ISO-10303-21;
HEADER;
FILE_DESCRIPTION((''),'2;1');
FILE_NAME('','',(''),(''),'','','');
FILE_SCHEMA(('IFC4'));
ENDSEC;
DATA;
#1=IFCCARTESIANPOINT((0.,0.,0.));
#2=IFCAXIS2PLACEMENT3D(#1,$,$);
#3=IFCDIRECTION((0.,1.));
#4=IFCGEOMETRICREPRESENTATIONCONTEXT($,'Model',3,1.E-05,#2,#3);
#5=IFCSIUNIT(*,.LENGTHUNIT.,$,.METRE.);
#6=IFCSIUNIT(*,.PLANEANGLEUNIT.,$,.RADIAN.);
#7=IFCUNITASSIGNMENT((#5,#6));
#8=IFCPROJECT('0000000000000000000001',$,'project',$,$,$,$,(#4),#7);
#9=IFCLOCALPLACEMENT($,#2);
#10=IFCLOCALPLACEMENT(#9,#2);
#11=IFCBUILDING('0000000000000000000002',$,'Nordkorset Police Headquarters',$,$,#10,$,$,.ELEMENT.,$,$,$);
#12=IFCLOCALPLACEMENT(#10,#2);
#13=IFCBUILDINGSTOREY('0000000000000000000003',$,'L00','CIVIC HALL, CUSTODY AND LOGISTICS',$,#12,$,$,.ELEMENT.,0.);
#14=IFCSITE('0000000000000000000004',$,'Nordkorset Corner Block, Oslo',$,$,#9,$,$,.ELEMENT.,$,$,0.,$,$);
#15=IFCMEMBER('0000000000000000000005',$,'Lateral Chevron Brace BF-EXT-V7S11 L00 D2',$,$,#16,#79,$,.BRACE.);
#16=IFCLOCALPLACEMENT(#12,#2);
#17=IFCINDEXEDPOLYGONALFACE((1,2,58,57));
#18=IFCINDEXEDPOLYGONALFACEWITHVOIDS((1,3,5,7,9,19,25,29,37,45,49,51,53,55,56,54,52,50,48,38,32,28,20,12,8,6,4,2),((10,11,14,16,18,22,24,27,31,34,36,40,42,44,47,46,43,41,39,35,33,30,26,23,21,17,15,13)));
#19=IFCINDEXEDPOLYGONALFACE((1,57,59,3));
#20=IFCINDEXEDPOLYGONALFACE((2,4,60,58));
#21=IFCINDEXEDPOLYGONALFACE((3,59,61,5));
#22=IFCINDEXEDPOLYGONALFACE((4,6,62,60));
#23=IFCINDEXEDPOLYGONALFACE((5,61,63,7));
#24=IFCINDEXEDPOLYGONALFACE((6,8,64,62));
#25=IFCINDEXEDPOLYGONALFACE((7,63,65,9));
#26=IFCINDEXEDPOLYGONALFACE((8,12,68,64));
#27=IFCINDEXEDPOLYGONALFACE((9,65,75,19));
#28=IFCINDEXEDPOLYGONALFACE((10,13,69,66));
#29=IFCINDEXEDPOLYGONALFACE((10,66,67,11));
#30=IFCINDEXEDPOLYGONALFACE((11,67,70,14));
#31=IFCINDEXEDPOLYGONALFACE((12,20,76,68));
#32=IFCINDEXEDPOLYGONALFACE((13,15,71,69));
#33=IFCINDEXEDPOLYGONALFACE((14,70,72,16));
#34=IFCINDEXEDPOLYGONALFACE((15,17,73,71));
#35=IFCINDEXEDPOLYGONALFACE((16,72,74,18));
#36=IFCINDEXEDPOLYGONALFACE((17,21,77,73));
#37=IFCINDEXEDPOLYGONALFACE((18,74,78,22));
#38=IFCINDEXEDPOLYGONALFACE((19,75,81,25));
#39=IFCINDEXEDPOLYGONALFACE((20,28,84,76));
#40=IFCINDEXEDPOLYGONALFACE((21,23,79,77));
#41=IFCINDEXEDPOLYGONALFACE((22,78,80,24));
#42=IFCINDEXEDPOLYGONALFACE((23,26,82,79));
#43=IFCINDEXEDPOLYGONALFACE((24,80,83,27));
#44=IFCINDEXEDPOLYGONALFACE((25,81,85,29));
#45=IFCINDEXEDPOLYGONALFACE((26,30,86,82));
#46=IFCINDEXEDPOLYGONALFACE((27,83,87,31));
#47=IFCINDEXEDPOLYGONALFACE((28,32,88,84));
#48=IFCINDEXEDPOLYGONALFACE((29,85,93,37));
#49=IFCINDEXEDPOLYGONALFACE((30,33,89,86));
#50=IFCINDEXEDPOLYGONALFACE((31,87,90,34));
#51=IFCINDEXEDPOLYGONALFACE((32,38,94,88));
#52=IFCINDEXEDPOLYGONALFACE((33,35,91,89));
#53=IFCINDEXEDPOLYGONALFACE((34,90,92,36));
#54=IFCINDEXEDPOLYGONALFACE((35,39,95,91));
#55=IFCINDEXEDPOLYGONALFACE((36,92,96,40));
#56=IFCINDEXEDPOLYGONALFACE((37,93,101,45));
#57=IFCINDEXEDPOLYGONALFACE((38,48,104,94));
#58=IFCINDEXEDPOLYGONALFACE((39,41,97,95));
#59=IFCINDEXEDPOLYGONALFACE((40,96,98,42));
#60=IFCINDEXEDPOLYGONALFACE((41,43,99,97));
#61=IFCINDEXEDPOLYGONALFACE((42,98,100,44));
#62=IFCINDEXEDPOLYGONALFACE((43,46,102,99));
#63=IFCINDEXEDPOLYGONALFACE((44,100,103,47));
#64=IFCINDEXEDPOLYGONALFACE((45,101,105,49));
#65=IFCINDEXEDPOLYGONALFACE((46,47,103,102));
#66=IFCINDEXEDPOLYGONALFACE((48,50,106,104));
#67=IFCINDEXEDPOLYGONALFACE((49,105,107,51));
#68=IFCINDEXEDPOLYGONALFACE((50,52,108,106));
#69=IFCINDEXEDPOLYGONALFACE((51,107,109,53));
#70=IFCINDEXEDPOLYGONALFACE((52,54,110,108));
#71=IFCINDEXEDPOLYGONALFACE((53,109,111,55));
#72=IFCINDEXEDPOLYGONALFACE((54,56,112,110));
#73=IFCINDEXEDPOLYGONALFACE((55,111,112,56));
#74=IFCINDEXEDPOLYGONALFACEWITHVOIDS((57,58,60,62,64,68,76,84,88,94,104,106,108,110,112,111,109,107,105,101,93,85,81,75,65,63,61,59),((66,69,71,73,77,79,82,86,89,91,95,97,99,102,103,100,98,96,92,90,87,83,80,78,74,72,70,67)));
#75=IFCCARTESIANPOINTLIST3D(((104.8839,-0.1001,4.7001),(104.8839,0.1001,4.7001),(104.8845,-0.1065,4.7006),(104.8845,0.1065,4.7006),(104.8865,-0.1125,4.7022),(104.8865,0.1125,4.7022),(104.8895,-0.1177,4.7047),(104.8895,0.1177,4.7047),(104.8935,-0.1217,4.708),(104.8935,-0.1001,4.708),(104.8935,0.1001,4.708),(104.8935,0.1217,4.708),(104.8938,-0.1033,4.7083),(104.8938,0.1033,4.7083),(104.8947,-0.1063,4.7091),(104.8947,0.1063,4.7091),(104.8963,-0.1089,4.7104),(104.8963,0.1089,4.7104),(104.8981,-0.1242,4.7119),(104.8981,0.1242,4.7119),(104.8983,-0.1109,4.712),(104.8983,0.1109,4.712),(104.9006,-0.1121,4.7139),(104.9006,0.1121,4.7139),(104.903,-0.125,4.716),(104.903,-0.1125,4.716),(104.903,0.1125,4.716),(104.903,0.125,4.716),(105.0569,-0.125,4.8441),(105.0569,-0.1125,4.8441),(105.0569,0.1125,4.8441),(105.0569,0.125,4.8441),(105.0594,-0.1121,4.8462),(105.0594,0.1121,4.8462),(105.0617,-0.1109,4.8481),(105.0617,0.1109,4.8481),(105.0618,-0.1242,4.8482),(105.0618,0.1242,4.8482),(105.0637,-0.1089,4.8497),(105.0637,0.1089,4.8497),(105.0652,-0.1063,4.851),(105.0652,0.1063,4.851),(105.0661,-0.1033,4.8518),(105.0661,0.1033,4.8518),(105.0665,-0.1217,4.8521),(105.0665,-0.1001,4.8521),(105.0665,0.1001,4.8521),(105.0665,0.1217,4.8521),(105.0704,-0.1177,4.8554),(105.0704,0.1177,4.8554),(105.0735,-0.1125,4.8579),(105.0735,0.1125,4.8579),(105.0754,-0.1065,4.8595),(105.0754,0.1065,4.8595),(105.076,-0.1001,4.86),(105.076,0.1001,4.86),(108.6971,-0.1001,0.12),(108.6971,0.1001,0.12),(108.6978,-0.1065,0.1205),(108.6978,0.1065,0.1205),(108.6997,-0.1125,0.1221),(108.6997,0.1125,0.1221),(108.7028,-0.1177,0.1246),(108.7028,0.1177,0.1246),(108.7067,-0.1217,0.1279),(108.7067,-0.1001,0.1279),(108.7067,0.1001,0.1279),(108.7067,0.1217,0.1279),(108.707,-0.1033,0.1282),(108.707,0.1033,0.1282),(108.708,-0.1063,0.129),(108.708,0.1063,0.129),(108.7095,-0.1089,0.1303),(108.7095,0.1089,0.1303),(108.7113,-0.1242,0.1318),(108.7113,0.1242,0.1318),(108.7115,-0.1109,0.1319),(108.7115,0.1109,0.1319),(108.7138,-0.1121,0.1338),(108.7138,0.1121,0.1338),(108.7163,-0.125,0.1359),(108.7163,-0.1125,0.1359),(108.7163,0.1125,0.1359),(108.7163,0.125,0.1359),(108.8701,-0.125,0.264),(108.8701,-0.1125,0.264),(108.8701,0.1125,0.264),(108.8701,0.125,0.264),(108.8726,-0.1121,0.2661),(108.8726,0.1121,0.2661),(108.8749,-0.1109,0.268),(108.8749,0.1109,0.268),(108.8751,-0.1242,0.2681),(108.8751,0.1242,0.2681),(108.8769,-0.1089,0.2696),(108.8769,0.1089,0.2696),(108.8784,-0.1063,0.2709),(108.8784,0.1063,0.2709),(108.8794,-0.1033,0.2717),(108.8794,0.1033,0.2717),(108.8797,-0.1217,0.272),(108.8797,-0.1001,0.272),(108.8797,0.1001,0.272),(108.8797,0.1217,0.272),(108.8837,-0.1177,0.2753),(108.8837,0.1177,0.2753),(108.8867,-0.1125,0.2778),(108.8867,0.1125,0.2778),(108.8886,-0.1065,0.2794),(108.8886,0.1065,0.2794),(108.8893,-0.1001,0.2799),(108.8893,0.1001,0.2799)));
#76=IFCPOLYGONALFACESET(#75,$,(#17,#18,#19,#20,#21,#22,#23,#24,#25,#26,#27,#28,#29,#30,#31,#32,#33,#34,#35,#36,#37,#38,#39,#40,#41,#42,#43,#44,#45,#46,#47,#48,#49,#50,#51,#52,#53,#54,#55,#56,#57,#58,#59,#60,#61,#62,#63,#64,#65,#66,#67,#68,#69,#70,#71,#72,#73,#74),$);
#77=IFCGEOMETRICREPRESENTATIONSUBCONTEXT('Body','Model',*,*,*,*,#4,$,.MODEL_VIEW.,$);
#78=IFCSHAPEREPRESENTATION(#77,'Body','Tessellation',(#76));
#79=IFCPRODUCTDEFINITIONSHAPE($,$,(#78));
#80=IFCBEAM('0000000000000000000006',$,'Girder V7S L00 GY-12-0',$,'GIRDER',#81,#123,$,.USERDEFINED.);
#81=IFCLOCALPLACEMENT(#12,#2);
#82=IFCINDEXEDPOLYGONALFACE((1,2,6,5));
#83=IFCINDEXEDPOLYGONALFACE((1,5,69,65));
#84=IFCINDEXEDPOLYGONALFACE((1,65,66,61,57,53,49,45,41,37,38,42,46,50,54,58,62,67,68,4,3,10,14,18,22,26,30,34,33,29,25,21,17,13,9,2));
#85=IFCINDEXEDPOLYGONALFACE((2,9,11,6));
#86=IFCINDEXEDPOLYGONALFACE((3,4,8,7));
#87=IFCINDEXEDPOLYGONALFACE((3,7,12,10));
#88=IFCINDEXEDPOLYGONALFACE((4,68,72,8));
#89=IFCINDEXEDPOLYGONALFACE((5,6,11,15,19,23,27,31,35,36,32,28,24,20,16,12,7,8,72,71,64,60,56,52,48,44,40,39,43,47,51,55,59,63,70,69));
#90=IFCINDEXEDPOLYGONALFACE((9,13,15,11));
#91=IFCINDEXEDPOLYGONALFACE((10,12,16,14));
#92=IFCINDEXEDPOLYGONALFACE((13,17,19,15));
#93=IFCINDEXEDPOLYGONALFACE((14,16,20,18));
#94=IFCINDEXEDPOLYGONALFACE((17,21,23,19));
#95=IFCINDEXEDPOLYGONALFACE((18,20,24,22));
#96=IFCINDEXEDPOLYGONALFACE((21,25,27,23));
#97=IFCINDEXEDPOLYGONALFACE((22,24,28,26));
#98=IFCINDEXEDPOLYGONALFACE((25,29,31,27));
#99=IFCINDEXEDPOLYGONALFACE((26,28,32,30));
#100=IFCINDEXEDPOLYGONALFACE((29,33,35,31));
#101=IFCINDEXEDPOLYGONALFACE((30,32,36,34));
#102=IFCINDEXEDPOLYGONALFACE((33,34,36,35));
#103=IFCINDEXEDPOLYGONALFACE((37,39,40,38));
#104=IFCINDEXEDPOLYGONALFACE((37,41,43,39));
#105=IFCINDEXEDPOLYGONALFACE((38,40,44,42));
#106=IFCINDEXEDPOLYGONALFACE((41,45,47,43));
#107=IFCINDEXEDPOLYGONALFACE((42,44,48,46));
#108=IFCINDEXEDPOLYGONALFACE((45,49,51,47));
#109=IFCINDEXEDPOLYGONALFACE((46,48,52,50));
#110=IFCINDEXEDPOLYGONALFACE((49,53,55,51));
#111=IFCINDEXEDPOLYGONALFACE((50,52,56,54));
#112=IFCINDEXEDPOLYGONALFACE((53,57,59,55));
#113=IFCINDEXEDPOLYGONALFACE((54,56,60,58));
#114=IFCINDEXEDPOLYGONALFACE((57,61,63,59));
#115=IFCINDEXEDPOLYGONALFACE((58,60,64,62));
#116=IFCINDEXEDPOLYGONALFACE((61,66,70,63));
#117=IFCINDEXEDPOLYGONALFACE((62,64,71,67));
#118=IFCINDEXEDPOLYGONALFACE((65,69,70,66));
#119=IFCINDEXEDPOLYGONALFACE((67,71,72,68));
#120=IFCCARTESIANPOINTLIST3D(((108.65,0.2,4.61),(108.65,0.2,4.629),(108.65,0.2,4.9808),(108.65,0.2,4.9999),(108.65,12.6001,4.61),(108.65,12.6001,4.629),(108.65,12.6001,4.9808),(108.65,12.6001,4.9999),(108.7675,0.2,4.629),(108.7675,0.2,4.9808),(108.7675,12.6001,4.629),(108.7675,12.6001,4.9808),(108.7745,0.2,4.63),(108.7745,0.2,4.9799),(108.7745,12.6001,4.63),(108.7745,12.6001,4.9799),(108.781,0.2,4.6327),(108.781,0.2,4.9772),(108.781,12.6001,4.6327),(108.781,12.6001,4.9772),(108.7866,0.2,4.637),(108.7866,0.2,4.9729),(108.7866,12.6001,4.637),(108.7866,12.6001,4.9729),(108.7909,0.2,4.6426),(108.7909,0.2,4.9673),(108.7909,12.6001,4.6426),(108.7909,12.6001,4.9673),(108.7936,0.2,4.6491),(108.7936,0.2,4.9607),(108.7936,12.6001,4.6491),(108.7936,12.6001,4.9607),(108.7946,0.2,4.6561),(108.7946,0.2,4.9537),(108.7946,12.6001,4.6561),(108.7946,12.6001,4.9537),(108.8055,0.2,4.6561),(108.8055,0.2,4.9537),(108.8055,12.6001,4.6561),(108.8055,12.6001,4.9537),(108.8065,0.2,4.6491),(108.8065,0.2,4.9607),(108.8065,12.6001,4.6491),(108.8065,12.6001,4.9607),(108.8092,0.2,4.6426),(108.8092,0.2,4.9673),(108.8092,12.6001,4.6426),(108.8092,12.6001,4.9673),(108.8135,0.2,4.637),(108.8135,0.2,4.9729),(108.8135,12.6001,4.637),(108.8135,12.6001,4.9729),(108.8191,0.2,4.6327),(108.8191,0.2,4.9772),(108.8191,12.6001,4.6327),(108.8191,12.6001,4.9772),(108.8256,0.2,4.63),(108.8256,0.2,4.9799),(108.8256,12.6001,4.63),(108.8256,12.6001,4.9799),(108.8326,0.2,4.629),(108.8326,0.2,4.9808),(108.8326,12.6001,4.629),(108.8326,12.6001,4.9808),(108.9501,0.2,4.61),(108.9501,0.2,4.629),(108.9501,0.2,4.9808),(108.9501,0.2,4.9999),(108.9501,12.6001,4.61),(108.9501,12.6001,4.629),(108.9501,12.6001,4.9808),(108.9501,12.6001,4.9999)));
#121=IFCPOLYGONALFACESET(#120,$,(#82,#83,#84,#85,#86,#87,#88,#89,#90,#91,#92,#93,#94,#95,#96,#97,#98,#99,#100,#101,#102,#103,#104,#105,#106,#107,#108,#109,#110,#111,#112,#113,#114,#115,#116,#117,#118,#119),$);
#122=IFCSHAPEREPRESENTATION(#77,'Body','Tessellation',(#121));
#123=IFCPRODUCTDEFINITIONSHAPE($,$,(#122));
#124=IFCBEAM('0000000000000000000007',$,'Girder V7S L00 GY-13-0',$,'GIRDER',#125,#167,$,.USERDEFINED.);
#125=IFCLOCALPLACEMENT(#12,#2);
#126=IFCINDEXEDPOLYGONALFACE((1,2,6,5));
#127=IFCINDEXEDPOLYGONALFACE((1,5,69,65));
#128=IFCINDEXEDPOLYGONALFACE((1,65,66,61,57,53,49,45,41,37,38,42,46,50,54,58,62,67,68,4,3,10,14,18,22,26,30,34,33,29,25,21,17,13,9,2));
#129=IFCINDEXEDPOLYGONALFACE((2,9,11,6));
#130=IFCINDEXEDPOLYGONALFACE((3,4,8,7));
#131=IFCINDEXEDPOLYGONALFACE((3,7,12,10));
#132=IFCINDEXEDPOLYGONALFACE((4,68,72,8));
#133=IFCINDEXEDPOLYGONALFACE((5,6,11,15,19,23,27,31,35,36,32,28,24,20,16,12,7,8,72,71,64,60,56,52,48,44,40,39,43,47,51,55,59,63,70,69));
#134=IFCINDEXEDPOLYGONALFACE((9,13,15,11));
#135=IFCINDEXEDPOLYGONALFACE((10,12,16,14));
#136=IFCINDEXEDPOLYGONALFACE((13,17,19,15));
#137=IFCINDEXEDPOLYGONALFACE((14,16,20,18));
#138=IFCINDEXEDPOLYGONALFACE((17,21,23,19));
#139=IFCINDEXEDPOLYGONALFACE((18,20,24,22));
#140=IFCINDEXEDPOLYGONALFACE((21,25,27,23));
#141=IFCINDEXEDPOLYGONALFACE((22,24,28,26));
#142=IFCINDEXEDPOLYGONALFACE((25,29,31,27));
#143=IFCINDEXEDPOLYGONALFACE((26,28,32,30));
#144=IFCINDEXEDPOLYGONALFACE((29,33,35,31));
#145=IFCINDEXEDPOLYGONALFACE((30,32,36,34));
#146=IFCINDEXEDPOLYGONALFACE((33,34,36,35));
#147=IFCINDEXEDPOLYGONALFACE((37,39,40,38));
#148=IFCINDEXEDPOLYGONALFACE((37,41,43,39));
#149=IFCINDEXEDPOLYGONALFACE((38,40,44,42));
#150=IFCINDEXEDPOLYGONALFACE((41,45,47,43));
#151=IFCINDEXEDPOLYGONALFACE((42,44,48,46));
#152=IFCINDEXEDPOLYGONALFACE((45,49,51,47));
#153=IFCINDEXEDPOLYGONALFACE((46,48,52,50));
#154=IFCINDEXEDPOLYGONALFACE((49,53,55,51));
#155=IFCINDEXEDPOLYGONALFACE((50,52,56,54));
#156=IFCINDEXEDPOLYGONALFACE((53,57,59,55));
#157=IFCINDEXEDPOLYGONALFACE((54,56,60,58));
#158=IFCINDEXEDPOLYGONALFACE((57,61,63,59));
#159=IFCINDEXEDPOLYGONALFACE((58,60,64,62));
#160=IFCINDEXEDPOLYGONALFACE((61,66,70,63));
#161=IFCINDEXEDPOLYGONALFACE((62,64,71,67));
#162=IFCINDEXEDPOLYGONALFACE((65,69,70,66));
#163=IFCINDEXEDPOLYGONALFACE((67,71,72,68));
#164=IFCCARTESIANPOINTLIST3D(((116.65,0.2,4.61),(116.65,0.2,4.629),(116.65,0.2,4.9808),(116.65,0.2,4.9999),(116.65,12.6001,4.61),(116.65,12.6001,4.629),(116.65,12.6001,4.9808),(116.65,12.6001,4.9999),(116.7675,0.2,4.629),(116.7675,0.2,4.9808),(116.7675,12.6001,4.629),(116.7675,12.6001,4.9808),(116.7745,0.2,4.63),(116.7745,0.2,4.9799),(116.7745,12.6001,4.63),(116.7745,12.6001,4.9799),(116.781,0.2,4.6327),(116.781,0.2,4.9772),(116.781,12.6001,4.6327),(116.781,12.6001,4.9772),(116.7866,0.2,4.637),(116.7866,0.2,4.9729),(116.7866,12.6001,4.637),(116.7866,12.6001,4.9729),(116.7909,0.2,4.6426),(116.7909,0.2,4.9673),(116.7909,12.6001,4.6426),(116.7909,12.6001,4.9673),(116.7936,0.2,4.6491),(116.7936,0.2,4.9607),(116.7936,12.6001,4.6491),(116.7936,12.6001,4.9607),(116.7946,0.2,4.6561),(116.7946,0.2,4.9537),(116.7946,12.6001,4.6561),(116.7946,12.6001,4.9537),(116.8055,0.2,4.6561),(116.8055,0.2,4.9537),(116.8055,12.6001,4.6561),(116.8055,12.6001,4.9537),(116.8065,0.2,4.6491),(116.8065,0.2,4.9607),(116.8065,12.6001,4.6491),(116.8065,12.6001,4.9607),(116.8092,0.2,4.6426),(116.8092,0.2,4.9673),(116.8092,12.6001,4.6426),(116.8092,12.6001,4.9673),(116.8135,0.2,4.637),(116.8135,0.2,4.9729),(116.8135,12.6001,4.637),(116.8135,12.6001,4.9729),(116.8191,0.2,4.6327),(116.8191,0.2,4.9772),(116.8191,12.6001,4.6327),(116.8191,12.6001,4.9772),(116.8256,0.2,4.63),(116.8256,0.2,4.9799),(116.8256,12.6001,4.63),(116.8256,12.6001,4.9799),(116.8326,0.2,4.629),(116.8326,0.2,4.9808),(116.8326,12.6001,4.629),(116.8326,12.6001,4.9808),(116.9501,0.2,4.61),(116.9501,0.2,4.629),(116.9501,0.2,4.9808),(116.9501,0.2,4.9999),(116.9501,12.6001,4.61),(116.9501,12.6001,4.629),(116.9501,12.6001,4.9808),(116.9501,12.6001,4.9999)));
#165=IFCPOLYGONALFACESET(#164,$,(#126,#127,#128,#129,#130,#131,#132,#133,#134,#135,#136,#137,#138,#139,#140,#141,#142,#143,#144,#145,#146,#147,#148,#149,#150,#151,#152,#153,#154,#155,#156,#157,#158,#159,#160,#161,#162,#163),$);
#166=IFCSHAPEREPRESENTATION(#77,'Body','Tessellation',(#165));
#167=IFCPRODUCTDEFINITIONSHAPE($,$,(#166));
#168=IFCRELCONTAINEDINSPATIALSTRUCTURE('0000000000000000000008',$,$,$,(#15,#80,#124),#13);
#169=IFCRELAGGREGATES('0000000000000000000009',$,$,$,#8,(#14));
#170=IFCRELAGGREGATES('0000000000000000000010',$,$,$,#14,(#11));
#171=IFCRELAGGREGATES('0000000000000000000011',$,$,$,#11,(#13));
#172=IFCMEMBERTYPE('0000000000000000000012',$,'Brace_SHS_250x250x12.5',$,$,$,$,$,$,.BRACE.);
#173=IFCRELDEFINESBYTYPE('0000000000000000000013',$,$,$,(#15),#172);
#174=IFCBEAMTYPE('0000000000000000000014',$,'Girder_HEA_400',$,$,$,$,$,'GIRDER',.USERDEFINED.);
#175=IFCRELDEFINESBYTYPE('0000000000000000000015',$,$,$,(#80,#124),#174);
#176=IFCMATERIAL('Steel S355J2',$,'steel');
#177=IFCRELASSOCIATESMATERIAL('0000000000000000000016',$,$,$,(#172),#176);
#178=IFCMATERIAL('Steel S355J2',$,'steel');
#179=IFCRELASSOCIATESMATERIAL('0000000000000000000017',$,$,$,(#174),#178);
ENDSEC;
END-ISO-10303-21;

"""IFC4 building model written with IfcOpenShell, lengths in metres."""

from ifc_helpers import new_model, si_unit, direction, frame, origin, origin_2d, place, context, subcontext, project, spatial, hollow_rectangle, i_section, extrude, material, material_profile, profile_set, type_object, element, save


model = new_model("IFC4")

# Units and contexts
model_context = context("Model", 3, precision=1e-05, world=origin(), true_north=direction((0.0, 1.0)))
body_context = subcontext(model_context, "Body", "Model", "MODEL_VIEW")
ifc_project = project(units=[si_unit("LENGTHUNIT", "METRE"), si_unit("PLANEANGLEUNIT", "RADIAN")], contexts=[model_context])

# Site, building, storey
site_placement = place(None, origin())
site = spatial("IfcSite", under=ifc_project, at=site_placement, Name="Nordkorset Corner Block, Oslo", CompositionType="ELEMENT", RefElevation=0.0)
building_placement = place(site_placement, origin())
building = spatial("IfcBuilding", under=site, at=building_placement, Name="Nordkorset Police Headquarters", CompositionType="ELEMENT")
storey_placement = place(building_placement, origin())
storey = spatial("IfcBuildingStorey", under=building, at=storey_placement, Name="L00", Description="CIVIC HALL, CUSTODY AND LOGISTICS", CompositionType="ELEMENT", Elevation=0.0)

# Member
ifc_material_1 = material(Name="Steel S355J2", Category="steel")
ifc_material_profile_1 = material_profile(ifc_material_1, hollow_rectangle(XDim=0.25, YDim=0.25, WallThickness=0.0125, InnerFilletRadius=0.0125, OuterFilletRadius=0.0249, at=origin_2d()), Name="SHS 250x250x12.5")
ifc_profile_set_1 = profile_set([ifc_material_profile_1], Name="Steel S355J2")
member_type = type_object("IfcMemberType", Name="Brace_SHS_250x250x12.5", PredefinedType="BRACE", material=ifc_profile_set_1)
member_placement = place(storey_placement, frame((108.7932, 0.0, 0.2), z_axis=(-0.639838, 0.0, 0.76851), x_axis=(0.0, -1.0, 0.0)))
element("IfcMember", 1, at=member_placement, inside=storey, type_object=member_type, Name="Lateral Chevron Brace BF-EXT-V7S11 L00 D2", PredefinedType="BRACE", context=body_context, shape_type="SweptSolid", body=[
    extrude(hollow_rectangle(XDim=0.25, YDim=0.25, WallThickness=0.0125, InnerFilletRadius=0.0125, OuterFilletRadius=0.0249, at=origin_2d()), origin(), (0.0, 0.0, 1.0), 5.9597),
])

# Beams
ifc_material_2 = material(Name="Steel S355J2", Category="steel")
ifc_material_profile_2 = material_profile(ifc_material_2, i_section(OverallWidth=0.3, OverallDepth=0.3899, WebThickness=0.011, FlangeThickness=0.019, FilletRadius=0.0271, at=origin_2d()), Name="HEA 400")
ifc_profile_set_2 = profile_set([ifc_material_profile_2], Name="Steel S355J2")
beam_type_1 = type_object("IfcBeamType", Name="Girder_HEA_400", ElementType="GIRDER", PredefinedType="USERDEFINED", material=ifc_profile_set_2)
for number, where, z_axis, x_axis, name in (
    (2, (108.8, 0.2, 4.8049), (0.0, 1.0, 0.0), (-1.0, 0.0, 0.0), "Girder V7S L00 GY-12-0"),
    (3, (116.8, 0.2, 4.8049), (0.0, 1.0, 0.0), (-1.0, 0.0, 0.0), "Girder V7S L00 GY-13-0"),
):
    element("IfcBeam", number, at=place(storey_placement, frame(where, z_axis=z_axis, x_axis=x_axis)), inside=storey, type_object=beam_type_1, Name=name, ObjectType="GIRDER", PredefinedType="USERDEFINED", context=body_context, shape_type="SweptSolid", body=[
        extrude(i_section(OverallWidth=0.3, OverallDepth=0.3899, WebThickness=0.011, FlangeThickness=0.019, FilletRadius=0.0271, at=origin_2d()), origin(), (0.0, 0.0, 1.0), 12.4001),
    ])

save(model, "model.ifc")
